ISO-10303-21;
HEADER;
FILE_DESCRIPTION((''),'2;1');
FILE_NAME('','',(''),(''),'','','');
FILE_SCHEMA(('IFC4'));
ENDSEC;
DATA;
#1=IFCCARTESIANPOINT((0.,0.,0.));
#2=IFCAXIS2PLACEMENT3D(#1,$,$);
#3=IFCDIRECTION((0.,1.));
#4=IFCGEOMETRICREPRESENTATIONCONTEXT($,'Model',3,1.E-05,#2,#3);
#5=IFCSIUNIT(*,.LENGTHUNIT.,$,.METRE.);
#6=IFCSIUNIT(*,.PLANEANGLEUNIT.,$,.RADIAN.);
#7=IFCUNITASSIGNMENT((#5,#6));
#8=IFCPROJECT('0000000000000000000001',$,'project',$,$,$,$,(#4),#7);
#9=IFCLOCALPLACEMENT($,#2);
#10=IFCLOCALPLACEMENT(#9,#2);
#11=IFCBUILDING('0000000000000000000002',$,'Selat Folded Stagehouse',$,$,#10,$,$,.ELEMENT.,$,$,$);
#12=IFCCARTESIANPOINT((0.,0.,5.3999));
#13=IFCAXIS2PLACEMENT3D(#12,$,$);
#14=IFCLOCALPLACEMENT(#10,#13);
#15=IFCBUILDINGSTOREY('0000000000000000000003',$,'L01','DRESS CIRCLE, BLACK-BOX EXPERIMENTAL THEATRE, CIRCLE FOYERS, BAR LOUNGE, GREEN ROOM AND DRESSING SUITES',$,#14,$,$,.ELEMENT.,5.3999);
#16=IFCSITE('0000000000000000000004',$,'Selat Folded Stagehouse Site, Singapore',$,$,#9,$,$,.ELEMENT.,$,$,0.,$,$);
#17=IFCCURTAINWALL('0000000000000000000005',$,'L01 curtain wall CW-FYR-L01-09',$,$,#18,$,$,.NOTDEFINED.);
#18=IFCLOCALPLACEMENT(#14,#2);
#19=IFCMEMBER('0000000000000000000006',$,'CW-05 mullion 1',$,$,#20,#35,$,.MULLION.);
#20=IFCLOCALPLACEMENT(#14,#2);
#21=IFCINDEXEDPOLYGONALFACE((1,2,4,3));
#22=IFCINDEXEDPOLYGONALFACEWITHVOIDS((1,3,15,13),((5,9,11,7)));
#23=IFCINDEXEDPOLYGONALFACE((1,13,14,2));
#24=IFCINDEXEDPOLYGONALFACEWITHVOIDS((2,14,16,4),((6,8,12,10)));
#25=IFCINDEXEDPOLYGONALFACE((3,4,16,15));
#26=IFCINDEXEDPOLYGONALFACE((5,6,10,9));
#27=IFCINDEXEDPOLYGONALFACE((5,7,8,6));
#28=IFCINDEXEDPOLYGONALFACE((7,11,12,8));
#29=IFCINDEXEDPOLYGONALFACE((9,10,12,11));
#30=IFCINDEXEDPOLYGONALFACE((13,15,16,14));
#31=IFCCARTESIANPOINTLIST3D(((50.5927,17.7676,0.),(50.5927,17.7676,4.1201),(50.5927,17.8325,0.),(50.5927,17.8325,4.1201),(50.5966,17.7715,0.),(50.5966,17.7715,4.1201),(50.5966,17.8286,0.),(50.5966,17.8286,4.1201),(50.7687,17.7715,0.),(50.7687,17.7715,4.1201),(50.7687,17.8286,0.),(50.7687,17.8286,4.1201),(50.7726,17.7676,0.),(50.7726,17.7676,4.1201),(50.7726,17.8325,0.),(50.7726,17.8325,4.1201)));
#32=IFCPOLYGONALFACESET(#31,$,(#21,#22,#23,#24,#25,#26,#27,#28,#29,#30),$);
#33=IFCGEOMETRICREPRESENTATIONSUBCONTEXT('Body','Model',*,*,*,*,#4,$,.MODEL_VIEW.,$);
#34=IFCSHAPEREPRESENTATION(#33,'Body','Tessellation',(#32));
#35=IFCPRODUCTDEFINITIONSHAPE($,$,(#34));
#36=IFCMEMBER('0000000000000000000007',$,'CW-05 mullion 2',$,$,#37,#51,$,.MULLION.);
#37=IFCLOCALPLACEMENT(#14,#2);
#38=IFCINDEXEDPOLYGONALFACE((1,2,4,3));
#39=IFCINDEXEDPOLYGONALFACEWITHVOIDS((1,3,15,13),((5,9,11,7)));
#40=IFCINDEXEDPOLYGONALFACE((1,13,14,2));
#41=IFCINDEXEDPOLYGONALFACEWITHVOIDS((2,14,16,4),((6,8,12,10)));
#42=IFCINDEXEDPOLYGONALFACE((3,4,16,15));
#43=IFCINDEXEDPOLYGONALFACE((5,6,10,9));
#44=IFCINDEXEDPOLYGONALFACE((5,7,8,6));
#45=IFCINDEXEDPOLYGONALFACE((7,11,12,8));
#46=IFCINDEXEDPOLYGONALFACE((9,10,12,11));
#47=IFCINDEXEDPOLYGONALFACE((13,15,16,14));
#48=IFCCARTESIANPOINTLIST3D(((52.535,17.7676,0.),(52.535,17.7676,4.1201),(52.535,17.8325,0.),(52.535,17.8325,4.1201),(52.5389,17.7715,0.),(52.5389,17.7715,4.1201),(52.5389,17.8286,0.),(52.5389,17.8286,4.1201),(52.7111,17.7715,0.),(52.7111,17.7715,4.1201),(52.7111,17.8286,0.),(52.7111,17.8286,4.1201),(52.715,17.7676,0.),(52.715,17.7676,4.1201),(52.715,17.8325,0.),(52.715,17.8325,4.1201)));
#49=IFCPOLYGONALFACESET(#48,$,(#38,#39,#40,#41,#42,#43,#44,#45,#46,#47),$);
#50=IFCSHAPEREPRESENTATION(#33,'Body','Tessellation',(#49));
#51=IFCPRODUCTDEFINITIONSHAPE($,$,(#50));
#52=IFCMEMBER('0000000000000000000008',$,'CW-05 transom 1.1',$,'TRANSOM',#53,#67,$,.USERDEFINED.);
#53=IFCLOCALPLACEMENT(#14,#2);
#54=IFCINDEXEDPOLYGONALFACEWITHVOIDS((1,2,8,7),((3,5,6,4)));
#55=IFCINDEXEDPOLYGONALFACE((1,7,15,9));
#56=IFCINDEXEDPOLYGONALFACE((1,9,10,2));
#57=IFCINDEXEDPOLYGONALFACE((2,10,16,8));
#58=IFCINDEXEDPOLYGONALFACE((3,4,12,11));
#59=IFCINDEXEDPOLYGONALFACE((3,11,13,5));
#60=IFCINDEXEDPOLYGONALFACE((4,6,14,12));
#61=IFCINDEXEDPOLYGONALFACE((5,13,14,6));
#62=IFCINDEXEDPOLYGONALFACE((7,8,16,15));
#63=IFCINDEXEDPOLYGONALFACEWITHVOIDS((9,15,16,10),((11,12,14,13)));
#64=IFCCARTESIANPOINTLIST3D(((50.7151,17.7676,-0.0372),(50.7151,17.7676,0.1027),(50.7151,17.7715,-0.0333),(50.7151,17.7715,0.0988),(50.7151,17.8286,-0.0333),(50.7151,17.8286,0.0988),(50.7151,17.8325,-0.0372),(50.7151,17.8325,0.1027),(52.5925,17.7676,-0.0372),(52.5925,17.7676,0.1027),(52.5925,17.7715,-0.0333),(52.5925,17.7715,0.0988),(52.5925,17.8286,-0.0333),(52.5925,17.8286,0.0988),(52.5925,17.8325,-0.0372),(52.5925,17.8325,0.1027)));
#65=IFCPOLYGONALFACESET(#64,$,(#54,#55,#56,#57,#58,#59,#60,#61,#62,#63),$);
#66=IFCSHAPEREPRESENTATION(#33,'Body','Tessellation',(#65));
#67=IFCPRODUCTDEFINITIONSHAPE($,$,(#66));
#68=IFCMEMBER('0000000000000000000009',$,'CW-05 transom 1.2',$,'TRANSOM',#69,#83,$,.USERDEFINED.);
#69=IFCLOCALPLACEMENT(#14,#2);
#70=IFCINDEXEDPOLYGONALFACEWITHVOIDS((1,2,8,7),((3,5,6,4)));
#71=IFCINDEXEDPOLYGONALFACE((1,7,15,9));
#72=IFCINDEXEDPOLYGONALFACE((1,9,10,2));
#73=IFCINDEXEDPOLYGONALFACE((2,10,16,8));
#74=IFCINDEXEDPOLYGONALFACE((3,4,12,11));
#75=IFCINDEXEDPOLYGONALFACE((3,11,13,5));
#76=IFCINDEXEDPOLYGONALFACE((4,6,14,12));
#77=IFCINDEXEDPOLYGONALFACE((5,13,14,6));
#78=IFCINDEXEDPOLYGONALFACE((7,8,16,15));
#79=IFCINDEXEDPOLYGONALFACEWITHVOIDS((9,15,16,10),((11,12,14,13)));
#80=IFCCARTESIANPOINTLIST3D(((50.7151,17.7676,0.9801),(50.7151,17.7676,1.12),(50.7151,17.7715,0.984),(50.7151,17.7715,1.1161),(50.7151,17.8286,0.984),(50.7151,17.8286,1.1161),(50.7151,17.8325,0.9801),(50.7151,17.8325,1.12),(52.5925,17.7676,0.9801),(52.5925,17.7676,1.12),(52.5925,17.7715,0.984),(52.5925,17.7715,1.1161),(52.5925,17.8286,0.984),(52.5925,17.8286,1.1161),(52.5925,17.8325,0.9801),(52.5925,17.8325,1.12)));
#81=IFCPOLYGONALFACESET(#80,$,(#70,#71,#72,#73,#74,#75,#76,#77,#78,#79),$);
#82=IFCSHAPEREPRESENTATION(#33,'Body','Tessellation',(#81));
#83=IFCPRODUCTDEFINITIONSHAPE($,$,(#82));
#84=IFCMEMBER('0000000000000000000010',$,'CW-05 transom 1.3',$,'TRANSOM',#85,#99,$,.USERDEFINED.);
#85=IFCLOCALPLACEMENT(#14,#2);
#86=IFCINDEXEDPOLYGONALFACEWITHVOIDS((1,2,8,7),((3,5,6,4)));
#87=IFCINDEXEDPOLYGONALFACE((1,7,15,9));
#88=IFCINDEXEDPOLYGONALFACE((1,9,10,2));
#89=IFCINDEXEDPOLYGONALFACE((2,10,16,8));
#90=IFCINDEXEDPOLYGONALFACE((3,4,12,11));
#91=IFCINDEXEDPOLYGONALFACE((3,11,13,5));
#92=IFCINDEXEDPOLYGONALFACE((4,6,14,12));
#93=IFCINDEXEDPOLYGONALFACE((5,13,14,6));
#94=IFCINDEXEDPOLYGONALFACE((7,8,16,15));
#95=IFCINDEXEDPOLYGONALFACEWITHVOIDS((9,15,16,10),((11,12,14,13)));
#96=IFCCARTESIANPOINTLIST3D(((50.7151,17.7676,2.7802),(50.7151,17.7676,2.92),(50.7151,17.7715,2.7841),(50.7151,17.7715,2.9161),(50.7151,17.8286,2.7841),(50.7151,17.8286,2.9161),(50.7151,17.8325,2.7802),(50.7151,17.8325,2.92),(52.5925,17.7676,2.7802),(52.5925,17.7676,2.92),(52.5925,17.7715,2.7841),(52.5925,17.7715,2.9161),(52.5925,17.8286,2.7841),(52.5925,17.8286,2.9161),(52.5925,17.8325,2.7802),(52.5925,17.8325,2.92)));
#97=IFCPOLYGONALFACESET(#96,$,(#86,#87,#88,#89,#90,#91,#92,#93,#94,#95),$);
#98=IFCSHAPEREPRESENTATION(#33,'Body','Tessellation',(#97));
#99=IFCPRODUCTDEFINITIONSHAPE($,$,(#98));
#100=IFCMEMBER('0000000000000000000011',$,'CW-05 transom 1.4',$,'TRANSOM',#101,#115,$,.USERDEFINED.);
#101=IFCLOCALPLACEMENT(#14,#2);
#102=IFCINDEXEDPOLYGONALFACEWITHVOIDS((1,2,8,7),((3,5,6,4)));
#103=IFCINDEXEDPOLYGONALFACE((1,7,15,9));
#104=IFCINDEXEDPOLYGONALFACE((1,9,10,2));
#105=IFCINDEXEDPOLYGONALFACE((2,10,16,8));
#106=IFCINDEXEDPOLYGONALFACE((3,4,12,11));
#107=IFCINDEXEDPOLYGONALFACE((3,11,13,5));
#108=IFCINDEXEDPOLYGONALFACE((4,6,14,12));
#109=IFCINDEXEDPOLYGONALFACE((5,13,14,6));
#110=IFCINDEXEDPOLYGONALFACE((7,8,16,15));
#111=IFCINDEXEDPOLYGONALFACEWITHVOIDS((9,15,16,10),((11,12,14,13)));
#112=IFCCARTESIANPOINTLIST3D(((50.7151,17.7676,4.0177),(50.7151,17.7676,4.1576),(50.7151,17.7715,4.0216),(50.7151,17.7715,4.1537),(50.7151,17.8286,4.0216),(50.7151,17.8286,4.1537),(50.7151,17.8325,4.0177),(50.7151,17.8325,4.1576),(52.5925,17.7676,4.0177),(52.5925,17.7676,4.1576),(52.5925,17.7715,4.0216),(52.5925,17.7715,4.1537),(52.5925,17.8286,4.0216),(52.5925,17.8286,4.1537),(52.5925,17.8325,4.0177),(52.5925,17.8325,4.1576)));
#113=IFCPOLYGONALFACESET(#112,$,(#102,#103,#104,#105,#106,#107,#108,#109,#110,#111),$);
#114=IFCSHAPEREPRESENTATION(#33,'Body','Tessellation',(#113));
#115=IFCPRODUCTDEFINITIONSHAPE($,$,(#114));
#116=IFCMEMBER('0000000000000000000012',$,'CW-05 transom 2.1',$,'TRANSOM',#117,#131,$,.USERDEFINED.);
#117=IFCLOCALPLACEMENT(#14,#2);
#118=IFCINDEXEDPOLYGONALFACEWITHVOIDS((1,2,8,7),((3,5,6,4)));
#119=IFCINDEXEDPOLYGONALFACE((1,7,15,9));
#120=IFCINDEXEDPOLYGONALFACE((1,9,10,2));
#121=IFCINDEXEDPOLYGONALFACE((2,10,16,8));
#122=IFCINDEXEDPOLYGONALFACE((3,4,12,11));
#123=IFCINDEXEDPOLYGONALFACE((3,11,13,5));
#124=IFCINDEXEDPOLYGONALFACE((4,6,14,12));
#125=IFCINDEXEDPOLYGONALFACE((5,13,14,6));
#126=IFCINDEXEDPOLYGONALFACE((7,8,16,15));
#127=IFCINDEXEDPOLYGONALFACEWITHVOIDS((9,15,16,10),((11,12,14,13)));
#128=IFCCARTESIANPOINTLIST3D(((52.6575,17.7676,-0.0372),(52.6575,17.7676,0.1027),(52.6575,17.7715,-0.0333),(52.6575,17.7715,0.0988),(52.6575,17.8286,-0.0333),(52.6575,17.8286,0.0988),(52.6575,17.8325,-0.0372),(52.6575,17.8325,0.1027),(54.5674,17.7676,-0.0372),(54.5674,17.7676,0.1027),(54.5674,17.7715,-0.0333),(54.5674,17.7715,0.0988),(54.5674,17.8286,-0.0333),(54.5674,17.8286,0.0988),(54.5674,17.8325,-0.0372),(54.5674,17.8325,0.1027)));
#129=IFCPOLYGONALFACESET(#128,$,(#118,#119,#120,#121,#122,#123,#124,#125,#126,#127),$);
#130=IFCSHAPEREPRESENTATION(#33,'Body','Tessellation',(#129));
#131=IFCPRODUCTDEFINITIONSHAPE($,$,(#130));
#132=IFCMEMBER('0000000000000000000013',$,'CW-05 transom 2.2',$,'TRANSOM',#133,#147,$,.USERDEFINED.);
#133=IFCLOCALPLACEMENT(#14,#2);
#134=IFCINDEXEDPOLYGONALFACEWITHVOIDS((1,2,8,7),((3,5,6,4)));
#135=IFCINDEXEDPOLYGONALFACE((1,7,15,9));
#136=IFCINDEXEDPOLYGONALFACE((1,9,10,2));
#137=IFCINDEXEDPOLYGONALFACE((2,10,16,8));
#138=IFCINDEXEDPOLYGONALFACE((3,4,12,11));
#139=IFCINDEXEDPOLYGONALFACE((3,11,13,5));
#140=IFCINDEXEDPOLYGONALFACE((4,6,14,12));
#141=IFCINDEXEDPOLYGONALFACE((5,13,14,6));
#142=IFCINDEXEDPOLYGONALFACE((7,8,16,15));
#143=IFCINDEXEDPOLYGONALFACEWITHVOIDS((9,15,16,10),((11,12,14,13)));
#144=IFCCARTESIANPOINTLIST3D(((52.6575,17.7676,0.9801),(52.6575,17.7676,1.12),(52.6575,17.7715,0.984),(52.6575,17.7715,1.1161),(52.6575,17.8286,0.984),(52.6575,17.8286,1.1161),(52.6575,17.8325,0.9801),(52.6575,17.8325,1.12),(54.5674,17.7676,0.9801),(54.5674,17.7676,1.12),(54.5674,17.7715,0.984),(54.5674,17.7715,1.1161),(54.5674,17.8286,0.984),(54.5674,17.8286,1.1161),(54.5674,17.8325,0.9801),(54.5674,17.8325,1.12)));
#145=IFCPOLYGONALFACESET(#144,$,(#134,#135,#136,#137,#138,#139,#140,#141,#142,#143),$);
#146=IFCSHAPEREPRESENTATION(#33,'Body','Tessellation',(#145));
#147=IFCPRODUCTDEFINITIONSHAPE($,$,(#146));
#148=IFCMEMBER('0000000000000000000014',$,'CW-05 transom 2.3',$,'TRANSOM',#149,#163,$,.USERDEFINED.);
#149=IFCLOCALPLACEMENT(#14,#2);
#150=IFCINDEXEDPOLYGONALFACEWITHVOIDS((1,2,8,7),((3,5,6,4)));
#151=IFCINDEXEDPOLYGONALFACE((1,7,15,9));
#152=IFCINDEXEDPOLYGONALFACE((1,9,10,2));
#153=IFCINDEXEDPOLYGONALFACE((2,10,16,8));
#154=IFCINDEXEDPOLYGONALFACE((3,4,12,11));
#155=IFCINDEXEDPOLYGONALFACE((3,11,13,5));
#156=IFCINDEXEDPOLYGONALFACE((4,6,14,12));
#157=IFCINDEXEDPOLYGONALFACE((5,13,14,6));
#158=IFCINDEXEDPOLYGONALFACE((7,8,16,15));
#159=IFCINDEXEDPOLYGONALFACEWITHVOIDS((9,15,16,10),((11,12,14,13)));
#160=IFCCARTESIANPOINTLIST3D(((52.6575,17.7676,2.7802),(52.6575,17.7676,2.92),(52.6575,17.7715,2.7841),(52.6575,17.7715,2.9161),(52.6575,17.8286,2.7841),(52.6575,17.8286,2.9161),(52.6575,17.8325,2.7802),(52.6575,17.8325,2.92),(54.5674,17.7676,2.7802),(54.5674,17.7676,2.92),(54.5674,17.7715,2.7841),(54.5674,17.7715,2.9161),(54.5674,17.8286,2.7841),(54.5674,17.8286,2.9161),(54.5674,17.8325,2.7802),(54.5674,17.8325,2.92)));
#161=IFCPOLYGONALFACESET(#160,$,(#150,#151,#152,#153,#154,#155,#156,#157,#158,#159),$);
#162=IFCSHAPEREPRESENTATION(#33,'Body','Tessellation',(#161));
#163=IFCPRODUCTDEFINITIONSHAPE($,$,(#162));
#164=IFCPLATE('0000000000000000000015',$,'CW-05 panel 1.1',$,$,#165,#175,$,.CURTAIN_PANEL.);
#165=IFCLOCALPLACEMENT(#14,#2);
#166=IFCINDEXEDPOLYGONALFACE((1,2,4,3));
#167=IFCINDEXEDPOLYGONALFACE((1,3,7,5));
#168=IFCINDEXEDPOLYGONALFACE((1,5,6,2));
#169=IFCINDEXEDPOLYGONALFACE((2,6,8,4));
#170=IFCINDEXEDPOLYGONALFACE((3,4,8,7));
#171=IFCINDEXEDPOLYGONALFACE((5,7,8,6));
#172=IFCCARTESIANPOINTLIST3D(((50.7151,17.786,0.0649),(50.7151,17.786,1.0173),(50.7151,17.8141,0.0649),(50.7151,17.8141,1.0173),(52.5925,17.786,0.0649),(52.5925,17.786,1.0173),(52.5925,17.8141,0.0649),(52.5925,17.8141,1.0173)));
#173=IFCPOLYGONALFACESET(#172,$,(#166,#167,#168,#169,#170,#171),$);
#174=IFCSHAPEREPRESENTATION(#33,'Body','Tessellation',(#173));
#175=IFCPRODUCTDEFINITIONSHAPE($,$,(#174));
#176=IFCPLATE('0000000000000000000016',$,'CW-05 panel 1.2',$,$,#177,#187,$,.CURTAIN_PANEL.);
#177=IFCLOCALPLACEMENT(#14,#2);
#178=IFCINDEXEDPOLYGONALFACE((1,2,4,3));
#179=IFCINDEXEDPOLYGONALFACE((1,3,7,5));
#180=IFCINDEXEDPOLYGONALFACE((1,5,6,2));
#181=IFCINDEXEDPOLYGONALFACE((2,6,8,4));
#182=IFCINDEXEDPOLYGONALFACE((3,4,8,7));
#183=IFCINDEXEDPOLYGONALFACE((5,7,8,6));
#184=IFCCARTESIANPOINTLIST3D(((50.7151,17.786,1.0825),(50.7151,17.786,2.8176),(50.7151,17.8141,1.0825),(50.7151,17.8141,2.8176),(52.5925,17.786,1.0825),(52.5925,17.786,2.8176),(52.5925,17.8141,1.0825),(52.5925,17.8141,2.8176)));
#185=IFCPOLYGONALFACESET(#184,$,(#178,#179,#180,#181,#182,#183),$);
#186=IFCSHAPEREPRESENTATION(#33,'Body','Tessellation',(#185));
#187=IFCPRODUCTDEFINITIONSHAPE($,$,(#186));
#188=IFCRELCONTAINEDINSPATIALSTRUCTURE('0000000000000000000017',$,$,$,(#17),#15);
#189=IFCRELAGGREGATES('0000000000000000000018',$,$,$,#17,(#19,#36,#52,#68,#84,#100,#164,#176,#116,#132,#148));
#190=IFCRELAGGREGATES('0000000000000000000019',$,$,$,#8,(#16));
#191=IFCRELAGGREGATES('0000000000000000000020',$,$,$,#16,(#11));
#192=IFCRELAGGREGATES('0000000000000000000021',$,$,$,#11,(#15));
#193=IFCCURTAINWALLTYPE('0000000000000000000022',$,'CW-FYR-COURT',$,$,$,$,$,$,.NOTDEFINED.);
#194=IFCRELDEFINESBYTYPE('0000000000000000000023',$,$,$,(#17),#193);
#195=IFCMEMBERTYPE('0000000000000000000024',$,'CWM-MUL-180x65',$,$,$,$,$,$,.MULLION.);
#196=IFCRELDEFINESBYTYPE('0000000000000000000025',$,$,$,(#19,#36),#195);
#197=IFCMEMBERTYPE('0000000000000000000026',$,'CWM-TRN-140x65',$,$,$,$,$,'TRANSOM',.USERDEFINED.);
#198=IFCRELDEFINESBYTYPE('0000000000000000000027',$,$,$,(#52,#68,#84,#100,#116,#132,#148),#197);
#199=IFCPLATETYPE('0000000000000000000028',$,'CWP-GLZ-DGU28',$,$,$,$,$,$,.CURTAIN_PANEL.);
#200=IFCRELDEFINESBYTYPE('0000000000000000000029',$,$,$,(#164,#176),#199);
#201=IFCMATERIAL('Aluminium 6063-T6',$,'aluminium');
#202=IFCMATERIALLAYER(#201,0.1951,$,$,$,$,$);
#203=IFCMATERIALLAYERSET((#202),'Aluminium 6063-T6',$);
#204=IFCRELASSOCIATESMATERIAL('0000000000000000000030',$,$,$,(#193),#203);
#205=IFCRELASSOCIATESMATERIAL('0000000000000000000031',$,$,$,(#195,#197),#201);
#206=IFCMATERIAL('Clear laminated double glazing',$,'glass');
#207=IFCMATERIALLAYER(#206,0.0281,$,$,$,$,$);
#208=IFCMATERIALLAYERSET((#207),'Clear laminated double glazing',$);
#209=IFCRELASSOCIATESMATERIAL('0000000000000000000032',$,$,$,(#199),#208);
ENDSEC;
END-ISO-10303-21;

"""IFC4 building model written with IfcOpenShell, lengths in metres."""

from ifc_helpers import new_model, si_unit, direction, frame, origin, origin_2d, place, context, subcontext, project, spatial, rectangle, hollow_rectangle, extrude, material, layer, layer_set, material_profile, profile_set, type_object, element, aggregate, save


model = new_model("IFC4")

# Units and contexts
model_context = context("Model", 3, precision=1e-05, world=origin(), true_north=direction((0.0, 1.0)))
body_context = subcontext(model_context, "Body", "Model", "MODEL_VIEW")
ifc_project = project(units=[si_unit("LENGTHUNIT", "METRE"), si_unit("PLANEANGLEUNIT", "RADIAN")], contexts=[model_context])

# Site, building, storey
site_placement = place(None, origin())
site = spatial("IfcSite", under=ifc_project, at=site_placement, Name="Selat Folded Stagehouse Site, Singapore", CompositionType="ELEMENT", RefElevation=0.0)
building_placement = place(site_placement, origin())
building = spatial("IfcBuilding", under=site, at=building_placement, Name="Selat Folded Stagehouse", CompositionType="ELEMENT")
storey_placement = place(building_placement, frame((0.0, 0.0, 5.3999)))
storey = spatial("IfcBuildingStorey", under=building, at=storey_placement, Name="L01", Description="DRESS CIRCLE, BLACK-BOX EXPERIMENTAL THEATRE, CIRCLE FOYERS, BAR LOUNGE, GREEN ROOM AND DRESSING SUITES", CompositionType="ELEMENT", Elevation=5.3999)

# Curtain wall, members, plates
ifc_material_1 = material(Name="Aluminium 6063-T6", Category="aluminium")
ifc_layer_1 = layer(ifc_material_1, 0.1951)
ifc_layer_set_1 = layer_set([ifc_layer_1], Name="Aluminium 6063-T6")
curtain_wall_type = type_object("IfcCurtainWallType", Name="CW-FYR-COURT", PredefinedType="NOTDEFINED", material=ifc_layer_set_1)
curtain_wall_placement = place(storey_placement, origin())
curtain_wall = element("IfcCurtainWall", 1, at=curtain_wall_placement, inside=storey, type_object=curtain_wall_type, Name="L01 curtain wall CW-FYR-L01-09", PredefinedType="NOTDEFINED")
ifc_material_profile_1 = material_profile(ifc_material_1, hollow_rectangle(XDim=0.0649, YDim=0.1799, WallThickness=0.0039, at=origin_2d()), Name="ALU 180x65x4.0")
ifc_profile_set_1 = profile_set([ifc_material_profile_1], Name="Aluminium 6063-T6")
member_type_1 = type_object("IfcMemberType", Name="CWM-MUL-180x65", PredefinedType="MULLION", material=ifc_profile_set_1)
member_1_placement = place(storey_placement, frame((50.6826, 17.8, 0.0), z_axis=(0.0, 0.0, 1.0), x_axis=(0.0, 1.0, 0.0)))
member_1 = element("IfcMember", 2, at=member_1_placement, type_object=member_type_1, Name="CW-05 mullion 1", PredefinedType="MULLION", context=body_context, shape_type="SweptSolid", body=[
    extrude(hollow_rectangle(XDim=0.0649, YDim=0.1799, WallThickness=0.0039, at=origin_2d()), origin(), (0.0, 0.0, 1.0), 4.1201),
])
member_2_placement = place(storey_placement, frame((52.625, 17.8, 0.0), z_axis=(0.0, 0.0, 1.0), x_axis=(0.0, 1.0, 0.0)))
member_2 = element("IfcMember", 3, at=member_2_placement, type_object=member_type_1, Name="CW-05 mullion 2", PredefinedType="MULLION", context=body_context, shape_type="SweptSolid", body=[
    extrude(hollow_rectangle(XDim=0.0649, YDim=0.1799, WallThickness=0.0039, at=origin_2d()), origin(), (0.0, 0.0, 1.0), 4.1201),
])
ifc_material_profile_2 = material_profile(ifc_material_1, hollow_rectangle(XDim=0.0649, YDim=0.1399, WallThickness=0.0039, at=origin_2d()), Name="ALU 140x65x4.0")
ifc_profile_set_2 = profile_set([ifc_material_profile_2], Name="Aluminium 6063-T6")
member_type_2 = type_object("IfcMemberType", Name="CWM-TRN-140x65", ElementType="TRANSOM", PredefinedType="USERDEFINED", material=ifc_profile_set_2)
member_3_placement = place(storey_placement, frame((50.7151, 17.8, 0.0327), z_axis=(1.0, 0.0, 0.0), x_axis=(0.0, 1.0, 0.0)))
member_3 = element("IfcMember", 4, at=member_3_placement, type_object=member_type_2, Name="CW-05 transom 1.1", ObjectType="TRANSOM", PredefinedType="USERDEFINED", context=body_context, shape_type="SweptSolid", body=[
    extrude(hollow_rectangle(XDim=0.0649, YDim=0.1399, WallThickness=0.0039, at=origin_2d()), origin(), (0.0, 0.0, 1.0), 1.8774),
])
member_4_placement = place(storey_placement, frame((50.7151, 17.8, 1.05), z_axis=(1.0, 0.0, 0.0), x_axis=(0.0, 1.0, 0.0)))
member_4 = element("IfcMember", 5, at=member_4_placement, type_object=member_type_2, Name="CW-05 transom 1.2", ObjectType="TRANSOM", PredefinedType="USERDEFINED", context=body_context, shape_type="SweptSolid", body=[
    extrude(hollow_rectangle(XDim=0.0649, YDim=0.1399, WallThickness=0.0039, at=origin_2d()), origin(), (0.0, 0.0, 1.0), 1.8774),
])
member_5_placement = place(storey_placement, frame((50.7151, 17.8, 2.8501), z_axis=(1.0, 0.0, 0.0), x_axis=(0.0, 1.0, 0.0)))
member_5 = element("IfcMember", 6, at=member_5_placement, type_object=member_type_2, Name="CW-05 transom 1.3", ObjectType="TRANSOM", PredefinedType="USERDEFINED", context=body_context, shape_type="SweptSolid", body=[
    extrude(hollow_rectangle(XDim=0.0649, YDim=0.1399, WallThickness=0.0039, at=origin_2d()), origin(), (0.0, 0.0, 1.0), 1.8774),
])
member_6_placement = place(storey_placement, frame((50.7151, 17.8, 4.0876), z_axis=(1.0, 0.0, 0.0), x_axis=(0.0, 1.0, 0.0)))
member_6 = element("IfcMember", 7, at=member_6_placement, type_object=member_type_2, Name="CW-05 transom 1.4", ObjectType="TRANSOM", PredefinedType="USERDEFINED", context=body_context, shape_type="SweptSolid", body=[
    extrude(hollow_rectangle(XDim=0.0649, YDim=0.1399, WallThickness=0.0039, at=origin_2d()), origin(), (0.0, 0.0, 1.0), 1.8774),
])
member_7_placement = place(storey_placement, frame((52.6575, 17.8, 0.0327), z_axis=(1.0, 0.0, 0.0), x_axis=(0.0, 1.0, 0.0)))
member_7 = element("IfcMember", 8, at=member_7_placement, type_object=member_type_2, Name="CW-05 transom 2.1", ObjectType="TRANSOM", PredefinedType="USERDEFINED", context=body_context, shape_type="SweptSolid", body=[
    extrude(hollow_rectangle(XDim=0.0649, YDim=0.1399, WallThickness=0.0039, at=origin_2d()), origin(), (0.0, 0.0, 1.0), 1.9099),
])
member_8_placement = place(storey_placement, frame((52.6575, 17.8, 1.05), z_axis=(1.0, 0.0, 0.0), x_axis=(0.0, 1.0, 0.0)))
member_8 = element("IfcMember", 9, at=member_8_placement, type_object=member_type_2, Name="CW-05 transom 2.2", ObjectType="TRANSOM", PredefinedType="USERDEFINED", context=body_context, shape_type="SweptSolid", body=[
    extrude(hollow_rectangle(XDim=0.0649, YDim=0.1399, WallThickness=0.0039, at=origin_2d()), origin(), (0.0, 0.0, 1.0), 1.9099),
])
member_9_placement = place(storey_placement, frame((52.6575, 17.8, 2.8501), z_axis=(1.0, 0.0, 0.0), x_axis=(0.0, 1.0, 0.0)))
member_9 = element("IfcMember", 10, at=member_9_placement, type_object=member_type_2, Name="CW-05 transom 2.3", ObjectType="TRANSOM", PredefinedType="USERDEFINED", context=body_context, shape_type="SweptSolid", body=[
    extrude(hollow_rectangle(XDim=0.0649, YDim=0.1399, WallThickness=0.0039, at=origin_2d()), origin(), (0.0, 0.0, 1.0), 1.9099),
])
ifc_material_2 = material(Name="Clear laminated double glazing", Category="glass")
ifc_layer_2 = layer(ifc_material_2, 0.0281)
ifc_layer_set_2 = layer_set([ifc_layer_2], Name="Clear laminated double glazing")
plate_type = type_object("IfcPlateType", Name="CWP-GLZ-DGU28", PredefinedType="CURTAIN_PANEL", material=ifc_layer_set_2)
plate_1_placement = place(storey_placement, frame((51.6538, 17.8, 0.0649), z_axis=(0.0, 0.0, 1.0), x_axis=(1.0, 0.0, 0.0)))
plate_1 = element("IfcPlate", 11, at=plate_1_placement, type_object=plate_type, Name="CW-05 panel 1.1", PredefinedType="CURTAIN_PANEL", context=body_context, shape_type="SweptSolid", body=[
    extrude(rectangle(XDim=1.8774, YDim=0.0281, at=origin_2d()), origin(), (0.0, 0.0, 1.0), 0.9524),
])
plate_2_placement = place(storey_placement, frame((51.6538, 17.8, 1.0825), z_axis=(0.0, 0.0, 1.0), x_axis=(1.0, 0.0, 0.0)))
plate_2 = element("IfcPlate", 12, at=plate_2_placement, type_object=plate_type, Name="CW-05 panel 1.2", PredefinedType="CURTAIN_PANEL", context=body_context, shape_type="SweptSolid", body=[
    extrude(rectangle(XDim=1.8774, YDim=0.0281, at=origin_2d()), origin(), (0.0, 0.0, 1.0), 1.7351),
])
aggregate(curtain_wall, [member_1, member_2, member_3, member_4, member_5, member_6, plate_1, plate_2, member_7, member_8, member_9])

save(model, "model.ifc")
